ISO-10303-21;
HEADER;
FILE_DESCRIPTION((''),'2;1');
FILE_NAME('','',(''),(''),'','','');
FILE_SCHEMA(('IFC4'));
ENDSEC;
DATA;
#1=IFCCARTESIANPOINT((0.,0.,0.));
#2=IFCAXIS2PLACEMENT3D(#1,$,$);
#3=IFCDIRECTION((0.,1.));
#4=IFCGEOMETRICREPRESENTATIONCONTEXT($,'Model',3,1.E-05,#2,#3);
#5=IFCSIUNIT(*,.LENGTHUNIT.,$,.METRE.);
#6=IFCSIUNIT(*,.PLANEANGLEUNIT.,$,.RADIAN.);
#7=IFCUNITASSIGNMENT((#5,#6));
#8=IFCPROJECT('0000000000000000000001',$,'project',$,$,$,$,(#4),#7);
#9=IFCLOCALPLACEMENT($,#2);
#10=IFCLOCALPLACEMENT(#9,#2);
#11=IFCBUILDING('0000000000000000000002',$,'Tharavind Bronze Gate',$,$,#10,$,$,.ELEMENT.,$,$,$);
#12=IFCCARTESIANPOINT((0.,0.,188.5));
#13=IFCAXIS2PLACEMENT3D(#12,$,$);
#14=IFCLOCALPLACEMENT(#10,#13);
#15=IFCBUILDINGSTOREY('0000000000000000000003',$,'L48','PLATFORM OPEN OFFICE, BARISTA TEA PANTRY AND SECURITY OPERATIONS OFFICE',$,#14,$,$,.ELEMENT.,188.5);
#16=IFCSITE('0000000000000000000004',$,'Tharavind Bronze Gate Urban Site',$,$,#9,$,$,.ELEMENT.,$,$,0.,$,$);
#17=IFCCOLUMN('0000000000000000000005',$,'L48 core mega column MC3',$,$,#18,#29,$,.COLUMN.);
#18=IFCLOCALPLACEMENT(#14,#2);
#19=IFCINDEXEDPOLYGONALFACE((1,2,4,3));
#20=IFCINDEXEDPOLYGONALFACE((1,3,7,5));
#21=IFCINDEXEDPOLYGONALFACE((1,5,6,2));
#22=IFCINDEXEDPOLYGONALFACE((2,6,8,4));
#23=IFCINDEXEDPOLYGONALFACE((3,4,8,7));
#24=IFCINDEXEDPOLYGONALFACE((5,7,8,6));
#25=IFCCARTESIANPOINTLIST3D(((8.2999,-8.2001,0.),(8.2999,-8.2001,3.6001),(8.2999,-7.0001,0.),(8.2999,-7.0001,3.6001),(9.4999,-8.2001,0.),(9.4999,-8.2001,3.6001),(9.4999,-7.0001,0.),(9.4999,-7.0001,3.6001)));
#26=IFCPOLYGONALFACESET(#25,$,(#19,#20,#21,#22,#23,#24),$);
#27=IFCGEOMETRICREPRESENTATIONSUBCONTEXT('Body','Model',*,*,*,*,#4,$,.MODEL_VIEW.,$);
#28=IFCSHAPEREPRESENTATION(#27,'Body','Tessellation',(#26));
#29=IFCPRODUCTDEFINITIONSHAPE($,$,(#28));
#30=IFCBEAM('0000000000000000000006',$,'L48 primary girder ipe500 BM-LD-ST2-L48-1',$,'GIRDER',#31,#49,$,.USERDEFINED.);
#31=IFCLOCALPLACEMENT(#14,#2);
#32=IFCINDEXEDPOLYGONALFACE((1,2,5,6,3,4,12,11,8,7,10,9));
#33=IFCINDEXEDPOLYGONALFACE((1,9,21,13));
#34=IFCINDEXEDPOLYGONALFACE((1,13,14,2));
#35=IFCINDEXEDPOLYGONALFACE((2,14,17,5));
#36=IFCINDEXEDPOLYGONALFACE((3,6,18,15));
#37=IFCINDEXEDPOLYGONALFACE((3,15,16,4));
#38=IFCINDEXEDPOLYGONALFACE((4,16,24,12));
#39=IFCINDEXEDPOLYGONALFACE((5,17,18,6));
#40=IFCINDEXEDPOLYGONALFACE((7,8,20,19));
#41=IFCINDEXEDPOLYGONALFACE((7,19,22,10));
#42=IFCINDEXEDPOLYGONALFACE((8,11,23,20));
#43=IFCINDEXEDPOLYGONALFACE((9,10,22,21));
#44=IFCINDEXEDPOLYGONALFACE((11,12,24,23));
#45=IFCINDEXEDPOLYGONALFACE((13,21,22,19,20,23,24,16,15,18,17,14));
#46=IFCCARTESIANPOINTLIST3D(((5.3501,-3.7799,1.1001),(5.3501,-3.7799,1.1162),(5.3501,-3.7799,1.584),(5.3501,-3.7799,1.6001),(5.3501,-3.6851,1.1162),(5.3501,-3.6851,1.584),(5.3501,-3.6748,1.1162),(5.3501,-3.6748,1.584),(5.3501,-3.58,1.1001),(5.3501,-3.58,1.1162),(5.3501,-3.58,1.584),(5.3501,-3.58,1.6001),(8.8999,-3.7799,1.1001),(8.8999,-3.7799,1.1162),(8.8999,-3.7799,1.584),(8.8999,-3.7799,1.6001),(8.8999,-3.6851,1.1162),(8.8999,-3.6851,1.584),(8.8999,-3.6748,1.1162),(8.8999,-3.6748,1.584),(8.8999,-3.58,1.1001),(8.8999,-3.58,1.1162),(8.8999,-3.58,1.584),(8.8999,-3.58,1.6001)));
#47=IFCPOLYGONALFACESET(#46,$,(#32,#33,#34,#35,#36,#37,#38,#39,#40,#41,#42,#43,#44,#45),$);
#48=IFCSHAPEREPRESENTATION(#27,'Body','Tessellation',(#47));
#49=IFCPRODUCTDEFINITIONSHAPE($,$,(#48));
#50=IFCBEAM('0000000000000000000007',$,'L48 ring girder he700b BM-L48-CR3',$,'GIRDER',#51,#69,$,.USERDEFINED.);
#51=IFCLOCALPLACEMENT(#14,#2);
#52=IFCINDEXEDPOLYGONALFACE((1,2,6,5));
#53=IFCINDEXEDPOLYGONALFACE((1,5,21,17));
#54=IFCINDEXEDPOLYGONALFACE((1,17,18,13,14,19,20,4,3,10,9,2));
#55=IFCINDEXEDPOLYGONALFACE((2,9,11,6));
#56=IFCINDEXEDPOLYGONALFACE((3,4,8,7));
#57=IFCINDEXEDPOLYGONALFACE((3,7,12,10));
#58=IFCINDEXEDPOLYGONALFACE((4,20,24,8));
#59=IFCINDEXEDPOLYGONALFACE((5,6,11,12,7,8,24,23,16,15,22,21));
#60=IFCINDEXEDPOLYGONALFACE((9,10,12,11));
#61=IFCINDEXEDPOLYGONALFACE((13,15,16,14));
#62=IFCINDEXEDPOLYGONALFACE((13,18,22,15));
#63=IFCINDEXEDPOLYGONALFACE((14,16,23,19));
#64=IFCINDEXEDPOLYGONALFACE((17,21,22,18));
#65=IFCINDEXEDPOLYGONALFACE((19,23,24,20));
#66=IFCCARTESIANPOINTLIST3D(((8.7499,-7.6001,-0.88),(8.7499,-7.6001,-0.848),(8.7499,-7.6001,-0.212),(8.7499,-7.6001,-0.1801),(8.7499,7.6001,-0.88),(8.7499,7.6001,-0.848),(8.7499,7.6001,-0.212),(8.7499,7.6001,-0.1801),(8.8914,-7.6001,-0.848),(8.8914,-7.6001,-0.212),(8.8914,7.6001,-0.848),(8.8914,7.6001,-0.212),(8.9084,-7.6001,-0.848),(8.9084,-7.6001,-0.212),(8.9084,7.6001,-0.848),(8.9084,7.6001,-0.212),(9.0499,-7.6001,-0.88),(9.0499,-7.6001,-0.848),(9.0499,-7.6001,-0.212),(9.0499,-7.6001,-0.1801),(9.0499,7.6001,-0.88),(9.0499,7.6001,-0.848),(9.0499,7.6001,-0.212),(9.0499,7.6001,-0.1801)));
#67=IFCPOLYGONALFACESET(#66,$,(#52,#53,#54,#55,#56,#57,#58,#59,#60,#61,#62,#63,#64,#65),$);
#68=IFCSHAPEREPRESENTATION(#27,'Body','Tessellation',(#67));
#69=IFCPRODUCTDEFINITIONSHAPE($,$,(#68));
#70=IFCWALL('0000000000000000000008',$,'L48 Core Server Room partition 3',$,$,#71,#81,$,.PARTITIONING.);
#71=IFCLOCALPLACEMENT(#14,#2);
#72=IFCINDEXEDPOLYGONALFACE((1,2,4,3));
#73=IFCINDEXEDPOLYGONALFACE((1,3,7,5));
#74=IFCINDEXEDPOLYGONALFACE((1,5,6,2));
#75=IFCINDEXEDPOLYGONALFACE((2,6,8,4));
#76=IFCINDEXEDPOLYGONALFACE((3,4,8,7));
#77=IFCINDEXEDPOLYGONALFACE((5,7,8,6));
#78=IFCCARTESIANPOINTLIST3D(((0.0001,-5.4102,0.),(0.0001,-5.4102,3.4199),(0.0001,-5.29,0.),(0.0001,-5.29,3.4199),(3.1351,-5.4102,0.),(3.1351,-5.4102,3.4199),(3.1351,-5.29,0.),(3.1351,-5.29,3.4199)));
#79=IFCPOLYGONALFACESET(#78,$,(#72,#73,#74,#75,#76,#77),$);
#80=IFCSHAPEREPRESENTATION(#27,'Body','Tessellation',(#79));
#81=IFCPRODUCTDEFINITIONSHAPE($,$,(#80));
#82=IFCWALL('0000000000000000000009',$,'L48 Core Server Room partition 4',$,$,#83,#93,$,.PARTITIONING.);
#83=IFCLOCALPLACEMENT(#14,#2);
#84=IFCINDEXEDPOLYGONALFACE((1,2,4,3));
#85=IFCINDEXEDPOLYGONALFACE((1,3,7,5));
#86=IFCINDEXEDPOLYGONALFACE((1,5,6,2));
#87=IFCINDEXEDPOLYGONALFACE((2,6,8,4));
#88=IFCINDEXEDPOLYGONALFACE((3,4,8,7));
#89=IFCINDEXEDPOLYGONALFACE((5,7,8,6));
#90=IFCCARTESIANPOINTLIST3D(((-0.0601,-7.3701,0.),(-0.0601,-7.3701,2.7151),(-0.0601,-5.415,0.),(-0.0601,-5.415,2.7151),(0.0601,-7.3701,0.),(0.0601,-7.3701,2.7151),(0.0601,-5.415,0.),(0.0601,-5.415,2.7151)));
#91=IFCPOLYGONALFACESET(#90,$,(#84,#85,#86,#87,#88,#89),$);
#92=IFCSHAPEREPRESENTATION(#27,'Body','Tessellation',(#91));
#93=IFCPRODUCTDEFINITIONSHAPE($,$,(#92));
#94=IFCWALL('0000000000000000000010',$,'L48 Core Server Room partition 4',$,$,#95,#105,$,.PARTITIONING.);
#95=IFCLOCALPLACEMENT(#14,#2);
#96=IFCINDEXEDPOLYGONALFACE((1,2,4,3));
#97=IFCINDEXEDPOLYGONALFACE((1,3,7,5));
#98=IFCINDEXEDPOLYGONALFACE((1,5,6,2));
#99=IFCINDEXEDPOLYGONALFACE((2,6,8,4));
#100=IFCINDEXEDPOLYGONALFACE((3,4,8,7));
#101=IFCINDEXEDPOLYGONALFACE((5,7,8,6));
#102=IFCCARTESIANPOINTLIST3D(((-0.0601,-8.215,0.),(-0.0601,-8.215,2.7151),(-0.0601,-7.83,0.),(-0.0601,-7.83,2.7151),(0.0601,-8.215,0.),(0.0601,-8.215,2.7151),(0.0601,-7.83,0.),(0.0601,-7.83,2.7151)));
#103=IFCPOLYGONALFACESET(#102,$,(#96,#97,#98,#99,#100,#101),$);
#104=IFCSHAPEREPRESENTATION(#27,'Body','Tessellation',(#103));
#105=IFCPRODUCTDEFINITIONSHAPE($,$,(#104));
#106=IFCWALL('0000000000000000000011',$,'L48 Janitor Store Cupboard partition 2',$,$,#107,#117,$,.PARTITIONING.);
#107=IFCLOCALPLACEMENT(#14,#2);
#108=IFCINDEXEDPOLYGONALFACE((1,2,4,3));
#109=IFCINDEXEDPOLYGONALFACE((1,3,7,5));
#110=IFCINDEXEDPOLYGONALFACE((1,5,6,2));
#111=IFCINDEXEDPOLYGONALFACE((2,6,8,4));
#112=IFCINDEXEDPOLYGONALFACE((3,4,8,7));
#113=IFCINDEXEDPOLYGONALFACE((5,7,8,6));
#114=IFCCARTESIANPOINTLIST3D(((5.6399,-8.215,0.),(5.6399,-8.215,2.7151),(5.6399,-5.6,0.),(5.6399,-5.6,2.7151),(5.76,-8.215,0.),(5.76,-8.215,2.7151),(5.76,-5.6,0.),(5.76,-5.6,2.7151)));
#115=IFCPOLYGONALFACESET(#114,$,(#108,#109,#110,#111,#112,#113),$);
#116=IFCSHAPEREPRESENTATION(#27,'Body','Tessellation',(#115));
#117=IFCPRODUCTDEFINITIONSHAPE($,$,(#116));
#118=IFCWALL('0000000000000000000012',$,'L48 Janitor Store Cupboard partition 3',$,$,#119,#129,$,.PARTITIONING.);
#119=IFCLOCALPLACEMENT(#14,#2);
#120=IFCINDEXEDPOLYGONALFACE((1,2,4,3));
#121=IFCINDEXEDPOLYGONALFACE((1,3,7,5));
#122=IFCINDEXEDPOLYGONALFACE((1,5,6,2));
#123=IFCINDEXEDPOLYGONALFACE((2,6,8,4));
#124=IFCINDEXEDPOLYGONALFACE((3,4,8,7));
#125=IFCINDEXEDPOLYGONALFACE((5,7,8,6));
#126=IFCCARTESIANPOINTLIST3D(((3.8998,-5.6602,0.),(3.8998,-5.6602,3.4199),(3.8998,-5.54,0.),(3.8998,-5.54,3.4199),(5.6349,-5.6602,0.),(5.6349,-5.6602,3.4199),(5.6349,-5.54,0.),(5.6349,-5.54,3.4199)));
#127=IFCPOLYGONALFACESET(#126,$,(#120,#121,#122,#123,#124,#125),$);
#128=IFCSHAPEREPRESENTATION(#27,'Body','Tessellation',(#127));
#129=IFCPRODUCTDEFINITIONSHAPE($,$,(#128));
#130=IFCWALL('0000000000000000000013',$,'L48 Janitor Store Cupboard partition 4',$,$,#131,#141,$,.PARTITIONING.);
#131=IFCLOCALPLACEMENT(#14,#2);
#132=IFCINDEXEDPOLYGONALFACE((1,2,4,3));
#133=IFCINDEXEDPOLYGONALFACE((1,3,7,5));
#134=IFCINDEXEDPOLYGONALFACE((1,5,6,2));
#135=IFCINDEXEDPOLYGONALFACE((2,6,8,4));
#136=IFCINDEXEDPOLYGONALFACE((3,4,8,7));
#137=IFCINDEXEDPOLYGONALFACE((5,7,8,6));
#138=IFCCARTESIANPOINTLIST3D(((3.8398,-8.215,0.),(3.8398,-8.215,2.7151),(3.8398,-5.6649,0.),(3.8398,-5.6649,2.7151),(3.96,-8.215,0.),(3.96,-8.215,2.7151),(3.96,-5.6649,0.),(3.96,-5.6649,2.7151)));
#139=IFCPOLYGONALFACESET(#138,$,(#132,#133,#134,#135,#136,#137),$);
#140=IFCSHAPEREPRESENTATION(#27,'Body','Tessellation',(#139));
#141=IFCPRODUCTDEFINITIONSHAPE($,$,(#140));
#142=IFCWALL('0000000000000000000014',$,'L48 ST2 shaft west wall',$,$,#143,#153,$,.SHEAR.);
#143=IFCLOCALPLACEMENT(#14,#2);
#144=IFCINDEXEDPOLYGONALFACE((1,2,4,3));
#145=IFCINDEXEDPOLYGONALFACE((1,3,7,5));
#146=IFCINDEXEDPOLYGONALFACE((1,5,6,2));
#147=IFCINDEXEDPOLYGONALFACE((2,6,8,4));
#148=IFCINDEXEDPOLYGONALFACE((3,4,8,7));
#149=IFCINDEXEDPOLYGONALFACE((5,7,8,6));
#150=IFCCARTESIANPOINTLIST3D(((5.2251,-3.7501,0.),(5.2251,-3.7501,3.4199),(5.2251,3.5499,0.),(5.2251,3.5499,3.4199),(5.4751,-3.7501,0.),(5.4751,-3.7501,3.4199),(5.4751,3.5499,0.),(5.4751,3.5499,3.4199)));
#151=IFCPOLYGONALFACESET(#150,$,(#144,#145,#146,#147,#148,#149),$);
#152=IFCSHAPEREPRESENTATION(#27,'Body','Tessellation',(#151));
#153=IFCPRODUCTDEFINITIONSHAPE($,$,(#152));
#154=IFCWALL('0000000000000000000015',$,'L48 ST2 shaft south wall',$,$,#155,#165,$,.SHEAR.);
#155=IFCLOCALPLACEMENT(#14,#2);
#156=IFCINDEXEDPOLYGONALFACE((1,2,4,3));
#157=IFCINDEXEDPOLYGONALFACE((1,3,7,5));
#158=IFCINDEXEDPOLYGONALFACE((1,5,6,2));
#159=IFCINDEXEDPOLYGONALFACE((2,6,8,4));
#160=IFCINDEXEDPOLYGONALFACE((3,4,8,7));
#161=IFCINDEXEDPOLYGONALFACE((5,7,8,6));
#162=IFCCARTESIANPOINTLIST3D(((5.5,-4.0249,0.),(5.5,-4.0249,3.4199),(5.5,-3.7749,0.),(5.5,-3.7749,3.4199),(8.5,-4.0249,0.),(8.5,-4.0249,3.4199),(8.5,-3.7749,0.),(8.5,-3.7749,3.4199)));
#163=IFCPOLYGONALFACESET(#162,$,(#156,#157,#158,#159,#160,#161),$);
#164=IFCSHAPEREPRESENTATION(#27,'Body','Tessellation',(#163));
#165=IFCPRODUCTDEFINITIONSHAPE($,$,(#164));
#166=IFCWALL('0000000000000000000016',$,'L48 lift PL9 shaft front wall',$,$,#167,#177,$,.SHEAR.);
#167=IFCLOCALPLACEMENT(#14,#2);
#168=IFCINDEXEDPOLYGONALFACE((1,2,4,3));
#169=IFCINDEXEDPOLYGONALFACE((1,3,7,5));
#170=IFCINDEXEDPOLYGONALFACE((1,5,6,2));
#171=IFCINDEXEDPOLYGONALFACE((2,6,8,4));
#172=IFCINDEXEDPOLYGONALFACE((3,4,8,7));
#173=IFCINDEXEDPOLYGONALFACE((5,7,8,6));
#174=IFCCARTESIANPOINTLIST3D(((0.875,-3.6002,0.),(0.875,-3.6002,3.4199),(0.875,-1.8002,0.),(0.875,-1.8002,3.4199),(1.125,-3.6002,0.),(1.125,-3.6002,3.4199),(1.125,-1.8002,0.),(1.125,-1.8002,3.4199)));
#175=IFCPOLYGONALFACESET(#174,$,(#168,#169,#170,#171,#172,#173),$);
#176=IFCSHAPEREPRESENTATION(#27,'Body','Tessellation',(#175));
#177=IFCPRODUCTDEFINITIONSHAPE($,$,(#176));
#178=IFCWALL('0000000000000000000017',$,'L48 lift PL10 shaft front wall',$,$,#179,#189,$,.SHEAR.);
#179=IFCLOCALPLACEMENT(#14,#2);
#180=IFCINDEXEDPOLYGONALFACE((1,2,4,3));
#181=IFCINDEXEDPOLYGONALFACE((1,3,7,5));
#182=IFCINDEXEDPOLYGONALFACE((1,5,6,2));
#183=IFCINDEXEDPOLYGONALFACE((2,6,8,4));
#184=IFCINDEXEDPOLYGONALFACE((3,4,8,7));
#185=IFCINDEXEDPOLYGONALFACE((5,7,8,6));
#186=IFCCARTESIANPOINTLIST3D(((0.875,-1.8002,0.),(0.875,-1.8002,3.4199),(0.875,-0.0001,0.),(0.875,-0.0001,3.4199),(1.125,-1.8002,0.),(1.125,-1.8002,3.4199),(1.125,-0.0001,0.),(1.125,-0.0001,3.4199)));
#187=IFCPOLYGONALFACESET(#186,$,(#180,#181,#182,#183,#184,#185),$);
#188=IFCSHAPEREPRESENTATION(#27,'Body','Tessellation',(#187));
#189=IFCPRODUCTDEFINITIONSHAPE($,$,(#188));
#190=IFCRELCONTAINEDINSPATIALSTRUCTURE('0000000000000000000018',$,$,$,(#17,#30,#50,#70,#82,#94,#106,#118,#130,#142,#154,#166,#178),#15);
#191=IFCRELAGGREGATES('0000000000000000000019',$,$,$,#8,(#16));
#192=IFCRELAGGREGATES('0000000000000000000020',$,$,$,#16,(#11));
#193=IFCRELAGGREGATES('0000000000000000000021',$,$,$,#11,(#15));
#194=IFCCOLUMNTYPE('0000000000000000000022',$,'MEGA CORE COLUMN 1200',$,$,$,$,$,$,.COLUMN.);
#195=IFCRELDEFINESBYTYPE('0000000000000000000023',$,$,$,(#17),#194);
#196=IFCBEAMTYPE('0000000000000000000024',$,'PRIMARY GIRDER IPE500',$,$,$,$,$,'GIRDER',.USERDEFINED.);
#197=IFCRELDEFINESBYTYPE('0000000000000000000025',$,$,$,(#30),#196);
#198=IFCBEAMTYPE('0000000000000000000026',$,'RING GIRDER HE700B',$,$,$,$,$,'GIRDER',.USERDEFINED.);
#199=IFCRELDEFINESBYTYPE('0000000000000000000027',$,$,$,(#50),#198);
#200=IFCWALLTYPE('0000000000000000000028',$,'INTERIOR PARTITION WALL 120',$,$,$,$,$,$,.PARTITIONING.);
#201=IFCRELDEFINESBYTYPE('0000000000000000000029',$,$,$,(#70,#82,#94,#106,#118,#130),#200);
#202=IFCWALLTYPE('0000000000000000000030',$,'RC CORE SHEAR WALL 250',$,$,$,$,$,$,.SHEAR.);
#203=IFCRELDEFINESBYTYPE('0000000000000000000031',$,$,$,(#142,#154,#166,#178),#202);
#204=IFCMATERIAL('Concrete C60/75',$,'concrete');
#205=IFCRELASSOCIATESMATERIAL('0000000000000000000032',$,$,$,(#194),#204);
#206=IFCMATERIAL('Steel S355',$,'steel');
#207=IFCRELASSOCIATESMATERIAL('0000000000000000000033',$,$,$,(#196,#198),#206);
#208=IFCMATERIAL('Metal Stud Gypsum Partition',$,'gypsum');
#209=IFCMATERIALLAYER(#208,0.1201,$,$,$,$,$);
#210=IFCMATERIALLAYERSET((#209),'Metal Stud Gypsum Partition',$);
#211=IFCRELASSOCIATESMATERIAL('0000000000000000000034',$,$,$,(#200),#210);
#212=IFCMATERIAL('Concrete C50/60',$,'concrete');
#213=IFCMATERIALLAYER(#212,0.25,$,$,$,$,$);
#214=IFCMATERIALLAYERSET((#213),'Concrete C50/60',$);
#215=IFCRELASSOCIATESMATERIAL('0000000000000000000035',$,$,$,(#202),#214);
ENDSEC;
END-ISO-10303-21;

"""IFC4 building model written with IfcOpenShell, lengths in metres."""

from ifc_helpers import new_model, si_unit, direction, frame, frame_2d, origin, origin_2d, place, context, subcontext, project, spatial, rectangle, i_section, extrude, material, layer, layer_set, material_profile, profile_set, type_object, element, save


model = new_model("IFC4")

# Units and contexts
model_context = context("Model", 3, precision=1e-05, world=origin(), true_north=direction((0.0, 1.0)))
body_context = subcontext(model_context, "Body", "Model", "MODEL_VIEW")
ifc_project = project(units=[si_unit("LENGTHUNIT", "METRE"), si_unit("PLANEANGLEUNIT", "RADIAN")], contexts=[model_context])

# Site, building, storey
site_placement = place(None, origin())
site = spatial("IfcSite", under=ifc_project, at=site_placement, Name="Tharavind Bronze Gate Urban Site", CompositionType="ELEMENT", RefElevation=0.0)
building_placement = place(site_placement, origin())
building = spatial("IfcBuilding", under=site, at=building_placement, Name="Tharavind Bronze Gate", CompositionType="ELEMENT")
storey_placement = place(building_placement, frame((0.0, 0.0, 188.5)))
storey = spatial("IfcBuildingStorey", under=building, at=storey_placement, Name="L48", Description="PLATFORM OPEN OFFICE, BARISTA TEA PANTRY AND SECURITY OPERATIONS OFFICE", CompositionType="ELEMENT", Elevation=188.5)

# Column
ifc_material_1 = material(Name="Concrete C60/75", Category="concrete")
ifc_material_profile_1 = material_profile(ifc_material_1, rectangle(XDim=1.2, YDim=1.2, at=origin_2d()), Name="RCCOL1200")
ifc_profile_set_1 = profile_set([ifc_material_profile_1], Name="Concrete C60/75")
column_type = type_object("IfcColumnType", Name="MEGA CORE COLUMN 1200", PredefinedType="COLUMN", material=ifc_profile_set_1)
column_placement = place(storey_placement, frame((8.8999, -7.6001, 0.0), z_axis=(0.0, 0.0, 1.0), x_axis=(1.0, 0.0, 0.0)))
element("IfcColumn", 1, at=column_placement, inside=storey, type_object=column_type, Name="L48 core mega column MC3", PredefinedType="COLUMN", context=body_context, shape_type="SweptSolid", body=[
    extrude(rectangle(XDim=1.2, YDim=1.2, at=origin_2d()), origin(), (0.0, 0.0, 1.0), 3.6001),
])

# Beams
ifc_material_2 = material(Name="Steel S355", Category="steel")
ifc_material_profile_2 = material_profile(ifc_material_2, i_section(OverallWidth=0.2, OverallDepth=0.5, WebThickness=0.0103, FlangeThickness=0.0161, at=origin_2d()), Name="IPE500")
ifc_profile_set_2 = profile_set([ifc_material_profile_2], Name="Steel S355")
beam_type_1 = type_object("IfcBeamType", Name="PRIMARY GIRDER IPE500", ElementType="GIRDER", PredefinedType="USERDEFINED", material=ifc_profile_set_2)
beam_1_placement = place(storey_placement, frame((5.3501, -3.6799, 1.3501), z_axis=(1.0, 0.0, 0.0), x_axis=(0.0, 1.0, 0.0)))
element("IfcBeam", 2, at=beam_1_placement, inside=storey, type_object=beam_type_1, Name="L48 primary girder ipe500 BM-LD-ST2-L48-1", ObjectType="GIRDER", PredefinedType="USERDEFINED", context=body_context, shape_type="SweptSolid", body=[
    extrude(i_section(OverallWidth=0.2, OverallDepth=0.5, WebThickness=0.0103, FlangeThickness=0.0161, at=origin_2d()), origin(), (0.0, 0.0, 1.0), 3.5498),
])
ifc_material_profile_3 = material_profile(ifc_material_2, i_section(OverallWidth=0.3, OverallDepth=0.7, WebThickness=0.0171, FlangeThickness=0.032, at=origin_2d()), Name="HE700B")
ifc_profile_set_3 = profile_set([ifc_material_profile_3], Name="Steel S355")
beam_type_2 = type_object("IfcBeamType", Name="RING GIRDER HE700B", ElementType="GIRDER", PredefinedType="USERDEFINED", material=ifc_profile_set_3)
beam_2_placement = place(storey_placement, frame((8.8999, -7.6001, -0.53), z_axis=(0.0, 1.0, 0.0), x_axis=(-1.0, 0.0, 0.0)))
element("IfcBeam", 3, at=beam_2_placement, inside=storey, type_object=beam_type_2, Name="L48 ring girder he700b BM-L48-CR3", ObjectType="GIRDER", PredefinedType="USERDEFINED", context=body_context, shape_type="SweptSolid", body=[
    extrude(i_section(OverallWidth=0.3, OverallDepth=0.7, WebThickness=0.0171, FlangeThickness=0.032, at=origin_2d()), origin(), (0.0, 0.0, 1.0), 15.2002),
])

# Walls
ifc_material_3 = material(Name="Metal Stud Gypsum Partition", Category="gypsum")
ifc_layer_1 = layer(ifc_material_3, 0.1201)
ifc_layer_set_1 = layer_set([ifc_layer_1], Name="Metal Stud Gypsum Partition")
wall_type_1 = type_object("IfcWallType", Name="INTERIOR PARTITION WALL 120", PredefinedType="PARTITIONING", material=ifc_layer_set_1)
wall_1_placement = place(storey_placement, frame((3.135, -5.3501, 0.0), z_axis=(0.0, 0.0, 1.0), x_axis=(-1.0, 0.0, 0.0)))
element("IfcWall", 4, at=wall_1_placement, inside=storey, type_object=wall_type_1, Name="L48 Core Server Room partition 3", PredefinedType="PARTITIONING", context=body_context, shape_type="SweptSolid", body=[
    extrude(rectangle(XDim=3.135, YDim=0.1201, at=frame_2d((1.5674, 0.0))), origin(), (0.0, 0.0, 1.0), 3.4199),
])
wall_2_placement = place(storey_placement, frame((0.0, -5.415, 0.0), z_axis=(0.0, 0.0, 1.0), x_axis=(0.0, -1.0, 0.0)))
element("IfcWall", 5, at=wall_2_placement, inside=storey, type_object=wall_type_1, Name="L48 Core Server Room partition 4", PredefinedType="PARTITIONING", context=body_context, shape_type="SweptSolid", body=[
    extrude(rectangle(XDim=1.9551, YDim=0.1201, at=frame_2d((0.9775, 0.0))), origin(), (0.0, 0.0, 1.0), 2.7151),
])
wall_3_placement = place(storey_placement, frame((0.0, -7.8301, 0.0), z_axis=(0.0, 0.0, 1.0), x_axis=(0.0, -1.0, 0.0)))
element("IfcWall", 6, at=wall_3_placement, inside=storey, type_object=wall_type_1, Name="L48 Core Server Room partition 4", PredefinedType="PARTITIONING", context=body_context, shape_type="SweptSolid", body=[
    extrude(rectangle(XDim=0.385, YDim=0.1201, at=frame_2d((0.1924, 0.0))), origin(), (0.0, 0.0, 1.0), 2.7151),
])
wall_4_placement = place(storey_placement, frame((5.7, -8.2151, 0.0), z_axis=(0.0, 0.0, 1.0), x_axis=(0.0, 1.0, 0.0)))
element("IfcWall", 7, at=wall_4_placement, inside=storey, type_object=wall_type_1, Name="L48 Janitor Store Cupboard partition 2", PredefinedType="PARTITIONING", context=body_context, shape_type="SweptSolid", body=[
    extrude(rectangle(XDim=2.615, YDim=0.1201, at=frame_2d((1.3076, 0.0))), origin(), (0.0, 0.0, 1.0), 2.7151),
])
wall_5_placement = place(storey_placement, frame((5.635, -5.6001, 0.0), z_axis=(0.0, 0.0, 1.0), x_axis=(-1.0, 0.0, 0.0)))
element("IfcWall", 8, at=wall_5_placement, inside=storey, type_object=wall_type_1, Name="L48 Janitor Store Cupboard partition 3", PredefinedType="PARTITIONING", context=body_context, shape_type="SweptSolid", body=[
    extrude(rectangle(XDim=1.7351, YDim=0.1201, at=frame_2d((0.8677, 0.0))), origin(), (0.0, 0.0, 1.0), 3.4199),
])
wall_6_placement = place(storey_placement, frame((3.8999, -5.665, 0.0), z_axis=(0.0, 0.0, 1.0), x_axis=(0.0, -1.0, 0.0)))
element("IfcWall", 9, at=wall_6_placement, inside=storey, type_object=wall_type_1, Name="L48 Janitor Store Cupboard partition 4", PredefinedType="PARTITIONING", context=body_context, shape_type="SweptSolid", body=[
    extrude(rectangle(XDim=2.55, YDim=0.1201, at=frame_2d((1.2749, 0.0))), origin(), (0.0, 0.0, 1.0), 2.7151),
])
ifc_material_4 = material(Name="Concrete C50/60", Category="concrete")
ifc_layer_2 = layer(ifc_material_4, 0.25)
ifc_layer_set_2 = layer_set([ifc_layer_2], Name="Concrete C50/60")
wall_type_2 = type_object("IfcWallType", Name="RC CORE SHEAR WALL 250", PredefinedType="SHEAR", material=ifc_layer_set_2)
wall_7_placement = place(storey_placement, frame((5.3501, -3.75, 0.0), z_axis=(0.0, 0.0, 1.0), x_axis=(0.0, 1.0, 0.0)))
element("IfcWall", 10, at=wall_7_placement, inside=storey, type_object=wall_type_2, Name="L48 ST2 shaft west wall", PredefinedType="SHEAR", context=body_context, shape_type="SweptSolid", body=[
    extrude(rectangle(XDim=7.3, YDim=0.25, at=frame_2d((3.6499, 0.0))), origin(), (0.0, 0.0, 1.0), 3.4199),
])
wall_8_placement = place(storey_placement, frame((5.5, -3.8999, 0.0), z_axis=(0.0, 0.0, 1.0), x_axis=(1.0, 0.0, 0.0)))
element("IfcWall", 11, at=wall_8_placement, inside=storey, type_object=wall_type_2, Name="L48 ST2 shaft south wall", PredefinedType="SHEAR", context=body_context, shape_type="SweptSolid", body=[
    extrude(rectangle(XDim=3.0, YDim=0.25, at=frame_2d((1.5, 0.0))), origin(), (0.0, 0.0, 1.0), 3.4199),
])
for number, where, z_axis, x_axis, name in (
    (12, (1.0, -3.6001, 0.0), (0.0, 0.0, 1.0), (0.0, 1.0, 0.0), "L48 lift PL9 shaft front wall"),
    (13, (1.0, -1.8, 0.0), (0.0, 0.0, 1.0), (0.0, 1.0, 0.0), "L48 lift PL10 shaft front wall"),
):
    element("IfcWall", number, at=place(storey_placement, frame(where, z_axis=z_axis, x_axis=x_axis)), inside=storey, type_object=wall_type_2, Name=name, PredefinedType="SHEAR", context=body_context, shape_type="SweptSolid", body=[
        extrude(rectangle(XDim=1.8, YDim=0.25, at=frame_2d((0.8999, 0.0))), origin(), (0.0, 0.0, 1.0), 3.4199),
    ])

save(model, "model.ifc")
